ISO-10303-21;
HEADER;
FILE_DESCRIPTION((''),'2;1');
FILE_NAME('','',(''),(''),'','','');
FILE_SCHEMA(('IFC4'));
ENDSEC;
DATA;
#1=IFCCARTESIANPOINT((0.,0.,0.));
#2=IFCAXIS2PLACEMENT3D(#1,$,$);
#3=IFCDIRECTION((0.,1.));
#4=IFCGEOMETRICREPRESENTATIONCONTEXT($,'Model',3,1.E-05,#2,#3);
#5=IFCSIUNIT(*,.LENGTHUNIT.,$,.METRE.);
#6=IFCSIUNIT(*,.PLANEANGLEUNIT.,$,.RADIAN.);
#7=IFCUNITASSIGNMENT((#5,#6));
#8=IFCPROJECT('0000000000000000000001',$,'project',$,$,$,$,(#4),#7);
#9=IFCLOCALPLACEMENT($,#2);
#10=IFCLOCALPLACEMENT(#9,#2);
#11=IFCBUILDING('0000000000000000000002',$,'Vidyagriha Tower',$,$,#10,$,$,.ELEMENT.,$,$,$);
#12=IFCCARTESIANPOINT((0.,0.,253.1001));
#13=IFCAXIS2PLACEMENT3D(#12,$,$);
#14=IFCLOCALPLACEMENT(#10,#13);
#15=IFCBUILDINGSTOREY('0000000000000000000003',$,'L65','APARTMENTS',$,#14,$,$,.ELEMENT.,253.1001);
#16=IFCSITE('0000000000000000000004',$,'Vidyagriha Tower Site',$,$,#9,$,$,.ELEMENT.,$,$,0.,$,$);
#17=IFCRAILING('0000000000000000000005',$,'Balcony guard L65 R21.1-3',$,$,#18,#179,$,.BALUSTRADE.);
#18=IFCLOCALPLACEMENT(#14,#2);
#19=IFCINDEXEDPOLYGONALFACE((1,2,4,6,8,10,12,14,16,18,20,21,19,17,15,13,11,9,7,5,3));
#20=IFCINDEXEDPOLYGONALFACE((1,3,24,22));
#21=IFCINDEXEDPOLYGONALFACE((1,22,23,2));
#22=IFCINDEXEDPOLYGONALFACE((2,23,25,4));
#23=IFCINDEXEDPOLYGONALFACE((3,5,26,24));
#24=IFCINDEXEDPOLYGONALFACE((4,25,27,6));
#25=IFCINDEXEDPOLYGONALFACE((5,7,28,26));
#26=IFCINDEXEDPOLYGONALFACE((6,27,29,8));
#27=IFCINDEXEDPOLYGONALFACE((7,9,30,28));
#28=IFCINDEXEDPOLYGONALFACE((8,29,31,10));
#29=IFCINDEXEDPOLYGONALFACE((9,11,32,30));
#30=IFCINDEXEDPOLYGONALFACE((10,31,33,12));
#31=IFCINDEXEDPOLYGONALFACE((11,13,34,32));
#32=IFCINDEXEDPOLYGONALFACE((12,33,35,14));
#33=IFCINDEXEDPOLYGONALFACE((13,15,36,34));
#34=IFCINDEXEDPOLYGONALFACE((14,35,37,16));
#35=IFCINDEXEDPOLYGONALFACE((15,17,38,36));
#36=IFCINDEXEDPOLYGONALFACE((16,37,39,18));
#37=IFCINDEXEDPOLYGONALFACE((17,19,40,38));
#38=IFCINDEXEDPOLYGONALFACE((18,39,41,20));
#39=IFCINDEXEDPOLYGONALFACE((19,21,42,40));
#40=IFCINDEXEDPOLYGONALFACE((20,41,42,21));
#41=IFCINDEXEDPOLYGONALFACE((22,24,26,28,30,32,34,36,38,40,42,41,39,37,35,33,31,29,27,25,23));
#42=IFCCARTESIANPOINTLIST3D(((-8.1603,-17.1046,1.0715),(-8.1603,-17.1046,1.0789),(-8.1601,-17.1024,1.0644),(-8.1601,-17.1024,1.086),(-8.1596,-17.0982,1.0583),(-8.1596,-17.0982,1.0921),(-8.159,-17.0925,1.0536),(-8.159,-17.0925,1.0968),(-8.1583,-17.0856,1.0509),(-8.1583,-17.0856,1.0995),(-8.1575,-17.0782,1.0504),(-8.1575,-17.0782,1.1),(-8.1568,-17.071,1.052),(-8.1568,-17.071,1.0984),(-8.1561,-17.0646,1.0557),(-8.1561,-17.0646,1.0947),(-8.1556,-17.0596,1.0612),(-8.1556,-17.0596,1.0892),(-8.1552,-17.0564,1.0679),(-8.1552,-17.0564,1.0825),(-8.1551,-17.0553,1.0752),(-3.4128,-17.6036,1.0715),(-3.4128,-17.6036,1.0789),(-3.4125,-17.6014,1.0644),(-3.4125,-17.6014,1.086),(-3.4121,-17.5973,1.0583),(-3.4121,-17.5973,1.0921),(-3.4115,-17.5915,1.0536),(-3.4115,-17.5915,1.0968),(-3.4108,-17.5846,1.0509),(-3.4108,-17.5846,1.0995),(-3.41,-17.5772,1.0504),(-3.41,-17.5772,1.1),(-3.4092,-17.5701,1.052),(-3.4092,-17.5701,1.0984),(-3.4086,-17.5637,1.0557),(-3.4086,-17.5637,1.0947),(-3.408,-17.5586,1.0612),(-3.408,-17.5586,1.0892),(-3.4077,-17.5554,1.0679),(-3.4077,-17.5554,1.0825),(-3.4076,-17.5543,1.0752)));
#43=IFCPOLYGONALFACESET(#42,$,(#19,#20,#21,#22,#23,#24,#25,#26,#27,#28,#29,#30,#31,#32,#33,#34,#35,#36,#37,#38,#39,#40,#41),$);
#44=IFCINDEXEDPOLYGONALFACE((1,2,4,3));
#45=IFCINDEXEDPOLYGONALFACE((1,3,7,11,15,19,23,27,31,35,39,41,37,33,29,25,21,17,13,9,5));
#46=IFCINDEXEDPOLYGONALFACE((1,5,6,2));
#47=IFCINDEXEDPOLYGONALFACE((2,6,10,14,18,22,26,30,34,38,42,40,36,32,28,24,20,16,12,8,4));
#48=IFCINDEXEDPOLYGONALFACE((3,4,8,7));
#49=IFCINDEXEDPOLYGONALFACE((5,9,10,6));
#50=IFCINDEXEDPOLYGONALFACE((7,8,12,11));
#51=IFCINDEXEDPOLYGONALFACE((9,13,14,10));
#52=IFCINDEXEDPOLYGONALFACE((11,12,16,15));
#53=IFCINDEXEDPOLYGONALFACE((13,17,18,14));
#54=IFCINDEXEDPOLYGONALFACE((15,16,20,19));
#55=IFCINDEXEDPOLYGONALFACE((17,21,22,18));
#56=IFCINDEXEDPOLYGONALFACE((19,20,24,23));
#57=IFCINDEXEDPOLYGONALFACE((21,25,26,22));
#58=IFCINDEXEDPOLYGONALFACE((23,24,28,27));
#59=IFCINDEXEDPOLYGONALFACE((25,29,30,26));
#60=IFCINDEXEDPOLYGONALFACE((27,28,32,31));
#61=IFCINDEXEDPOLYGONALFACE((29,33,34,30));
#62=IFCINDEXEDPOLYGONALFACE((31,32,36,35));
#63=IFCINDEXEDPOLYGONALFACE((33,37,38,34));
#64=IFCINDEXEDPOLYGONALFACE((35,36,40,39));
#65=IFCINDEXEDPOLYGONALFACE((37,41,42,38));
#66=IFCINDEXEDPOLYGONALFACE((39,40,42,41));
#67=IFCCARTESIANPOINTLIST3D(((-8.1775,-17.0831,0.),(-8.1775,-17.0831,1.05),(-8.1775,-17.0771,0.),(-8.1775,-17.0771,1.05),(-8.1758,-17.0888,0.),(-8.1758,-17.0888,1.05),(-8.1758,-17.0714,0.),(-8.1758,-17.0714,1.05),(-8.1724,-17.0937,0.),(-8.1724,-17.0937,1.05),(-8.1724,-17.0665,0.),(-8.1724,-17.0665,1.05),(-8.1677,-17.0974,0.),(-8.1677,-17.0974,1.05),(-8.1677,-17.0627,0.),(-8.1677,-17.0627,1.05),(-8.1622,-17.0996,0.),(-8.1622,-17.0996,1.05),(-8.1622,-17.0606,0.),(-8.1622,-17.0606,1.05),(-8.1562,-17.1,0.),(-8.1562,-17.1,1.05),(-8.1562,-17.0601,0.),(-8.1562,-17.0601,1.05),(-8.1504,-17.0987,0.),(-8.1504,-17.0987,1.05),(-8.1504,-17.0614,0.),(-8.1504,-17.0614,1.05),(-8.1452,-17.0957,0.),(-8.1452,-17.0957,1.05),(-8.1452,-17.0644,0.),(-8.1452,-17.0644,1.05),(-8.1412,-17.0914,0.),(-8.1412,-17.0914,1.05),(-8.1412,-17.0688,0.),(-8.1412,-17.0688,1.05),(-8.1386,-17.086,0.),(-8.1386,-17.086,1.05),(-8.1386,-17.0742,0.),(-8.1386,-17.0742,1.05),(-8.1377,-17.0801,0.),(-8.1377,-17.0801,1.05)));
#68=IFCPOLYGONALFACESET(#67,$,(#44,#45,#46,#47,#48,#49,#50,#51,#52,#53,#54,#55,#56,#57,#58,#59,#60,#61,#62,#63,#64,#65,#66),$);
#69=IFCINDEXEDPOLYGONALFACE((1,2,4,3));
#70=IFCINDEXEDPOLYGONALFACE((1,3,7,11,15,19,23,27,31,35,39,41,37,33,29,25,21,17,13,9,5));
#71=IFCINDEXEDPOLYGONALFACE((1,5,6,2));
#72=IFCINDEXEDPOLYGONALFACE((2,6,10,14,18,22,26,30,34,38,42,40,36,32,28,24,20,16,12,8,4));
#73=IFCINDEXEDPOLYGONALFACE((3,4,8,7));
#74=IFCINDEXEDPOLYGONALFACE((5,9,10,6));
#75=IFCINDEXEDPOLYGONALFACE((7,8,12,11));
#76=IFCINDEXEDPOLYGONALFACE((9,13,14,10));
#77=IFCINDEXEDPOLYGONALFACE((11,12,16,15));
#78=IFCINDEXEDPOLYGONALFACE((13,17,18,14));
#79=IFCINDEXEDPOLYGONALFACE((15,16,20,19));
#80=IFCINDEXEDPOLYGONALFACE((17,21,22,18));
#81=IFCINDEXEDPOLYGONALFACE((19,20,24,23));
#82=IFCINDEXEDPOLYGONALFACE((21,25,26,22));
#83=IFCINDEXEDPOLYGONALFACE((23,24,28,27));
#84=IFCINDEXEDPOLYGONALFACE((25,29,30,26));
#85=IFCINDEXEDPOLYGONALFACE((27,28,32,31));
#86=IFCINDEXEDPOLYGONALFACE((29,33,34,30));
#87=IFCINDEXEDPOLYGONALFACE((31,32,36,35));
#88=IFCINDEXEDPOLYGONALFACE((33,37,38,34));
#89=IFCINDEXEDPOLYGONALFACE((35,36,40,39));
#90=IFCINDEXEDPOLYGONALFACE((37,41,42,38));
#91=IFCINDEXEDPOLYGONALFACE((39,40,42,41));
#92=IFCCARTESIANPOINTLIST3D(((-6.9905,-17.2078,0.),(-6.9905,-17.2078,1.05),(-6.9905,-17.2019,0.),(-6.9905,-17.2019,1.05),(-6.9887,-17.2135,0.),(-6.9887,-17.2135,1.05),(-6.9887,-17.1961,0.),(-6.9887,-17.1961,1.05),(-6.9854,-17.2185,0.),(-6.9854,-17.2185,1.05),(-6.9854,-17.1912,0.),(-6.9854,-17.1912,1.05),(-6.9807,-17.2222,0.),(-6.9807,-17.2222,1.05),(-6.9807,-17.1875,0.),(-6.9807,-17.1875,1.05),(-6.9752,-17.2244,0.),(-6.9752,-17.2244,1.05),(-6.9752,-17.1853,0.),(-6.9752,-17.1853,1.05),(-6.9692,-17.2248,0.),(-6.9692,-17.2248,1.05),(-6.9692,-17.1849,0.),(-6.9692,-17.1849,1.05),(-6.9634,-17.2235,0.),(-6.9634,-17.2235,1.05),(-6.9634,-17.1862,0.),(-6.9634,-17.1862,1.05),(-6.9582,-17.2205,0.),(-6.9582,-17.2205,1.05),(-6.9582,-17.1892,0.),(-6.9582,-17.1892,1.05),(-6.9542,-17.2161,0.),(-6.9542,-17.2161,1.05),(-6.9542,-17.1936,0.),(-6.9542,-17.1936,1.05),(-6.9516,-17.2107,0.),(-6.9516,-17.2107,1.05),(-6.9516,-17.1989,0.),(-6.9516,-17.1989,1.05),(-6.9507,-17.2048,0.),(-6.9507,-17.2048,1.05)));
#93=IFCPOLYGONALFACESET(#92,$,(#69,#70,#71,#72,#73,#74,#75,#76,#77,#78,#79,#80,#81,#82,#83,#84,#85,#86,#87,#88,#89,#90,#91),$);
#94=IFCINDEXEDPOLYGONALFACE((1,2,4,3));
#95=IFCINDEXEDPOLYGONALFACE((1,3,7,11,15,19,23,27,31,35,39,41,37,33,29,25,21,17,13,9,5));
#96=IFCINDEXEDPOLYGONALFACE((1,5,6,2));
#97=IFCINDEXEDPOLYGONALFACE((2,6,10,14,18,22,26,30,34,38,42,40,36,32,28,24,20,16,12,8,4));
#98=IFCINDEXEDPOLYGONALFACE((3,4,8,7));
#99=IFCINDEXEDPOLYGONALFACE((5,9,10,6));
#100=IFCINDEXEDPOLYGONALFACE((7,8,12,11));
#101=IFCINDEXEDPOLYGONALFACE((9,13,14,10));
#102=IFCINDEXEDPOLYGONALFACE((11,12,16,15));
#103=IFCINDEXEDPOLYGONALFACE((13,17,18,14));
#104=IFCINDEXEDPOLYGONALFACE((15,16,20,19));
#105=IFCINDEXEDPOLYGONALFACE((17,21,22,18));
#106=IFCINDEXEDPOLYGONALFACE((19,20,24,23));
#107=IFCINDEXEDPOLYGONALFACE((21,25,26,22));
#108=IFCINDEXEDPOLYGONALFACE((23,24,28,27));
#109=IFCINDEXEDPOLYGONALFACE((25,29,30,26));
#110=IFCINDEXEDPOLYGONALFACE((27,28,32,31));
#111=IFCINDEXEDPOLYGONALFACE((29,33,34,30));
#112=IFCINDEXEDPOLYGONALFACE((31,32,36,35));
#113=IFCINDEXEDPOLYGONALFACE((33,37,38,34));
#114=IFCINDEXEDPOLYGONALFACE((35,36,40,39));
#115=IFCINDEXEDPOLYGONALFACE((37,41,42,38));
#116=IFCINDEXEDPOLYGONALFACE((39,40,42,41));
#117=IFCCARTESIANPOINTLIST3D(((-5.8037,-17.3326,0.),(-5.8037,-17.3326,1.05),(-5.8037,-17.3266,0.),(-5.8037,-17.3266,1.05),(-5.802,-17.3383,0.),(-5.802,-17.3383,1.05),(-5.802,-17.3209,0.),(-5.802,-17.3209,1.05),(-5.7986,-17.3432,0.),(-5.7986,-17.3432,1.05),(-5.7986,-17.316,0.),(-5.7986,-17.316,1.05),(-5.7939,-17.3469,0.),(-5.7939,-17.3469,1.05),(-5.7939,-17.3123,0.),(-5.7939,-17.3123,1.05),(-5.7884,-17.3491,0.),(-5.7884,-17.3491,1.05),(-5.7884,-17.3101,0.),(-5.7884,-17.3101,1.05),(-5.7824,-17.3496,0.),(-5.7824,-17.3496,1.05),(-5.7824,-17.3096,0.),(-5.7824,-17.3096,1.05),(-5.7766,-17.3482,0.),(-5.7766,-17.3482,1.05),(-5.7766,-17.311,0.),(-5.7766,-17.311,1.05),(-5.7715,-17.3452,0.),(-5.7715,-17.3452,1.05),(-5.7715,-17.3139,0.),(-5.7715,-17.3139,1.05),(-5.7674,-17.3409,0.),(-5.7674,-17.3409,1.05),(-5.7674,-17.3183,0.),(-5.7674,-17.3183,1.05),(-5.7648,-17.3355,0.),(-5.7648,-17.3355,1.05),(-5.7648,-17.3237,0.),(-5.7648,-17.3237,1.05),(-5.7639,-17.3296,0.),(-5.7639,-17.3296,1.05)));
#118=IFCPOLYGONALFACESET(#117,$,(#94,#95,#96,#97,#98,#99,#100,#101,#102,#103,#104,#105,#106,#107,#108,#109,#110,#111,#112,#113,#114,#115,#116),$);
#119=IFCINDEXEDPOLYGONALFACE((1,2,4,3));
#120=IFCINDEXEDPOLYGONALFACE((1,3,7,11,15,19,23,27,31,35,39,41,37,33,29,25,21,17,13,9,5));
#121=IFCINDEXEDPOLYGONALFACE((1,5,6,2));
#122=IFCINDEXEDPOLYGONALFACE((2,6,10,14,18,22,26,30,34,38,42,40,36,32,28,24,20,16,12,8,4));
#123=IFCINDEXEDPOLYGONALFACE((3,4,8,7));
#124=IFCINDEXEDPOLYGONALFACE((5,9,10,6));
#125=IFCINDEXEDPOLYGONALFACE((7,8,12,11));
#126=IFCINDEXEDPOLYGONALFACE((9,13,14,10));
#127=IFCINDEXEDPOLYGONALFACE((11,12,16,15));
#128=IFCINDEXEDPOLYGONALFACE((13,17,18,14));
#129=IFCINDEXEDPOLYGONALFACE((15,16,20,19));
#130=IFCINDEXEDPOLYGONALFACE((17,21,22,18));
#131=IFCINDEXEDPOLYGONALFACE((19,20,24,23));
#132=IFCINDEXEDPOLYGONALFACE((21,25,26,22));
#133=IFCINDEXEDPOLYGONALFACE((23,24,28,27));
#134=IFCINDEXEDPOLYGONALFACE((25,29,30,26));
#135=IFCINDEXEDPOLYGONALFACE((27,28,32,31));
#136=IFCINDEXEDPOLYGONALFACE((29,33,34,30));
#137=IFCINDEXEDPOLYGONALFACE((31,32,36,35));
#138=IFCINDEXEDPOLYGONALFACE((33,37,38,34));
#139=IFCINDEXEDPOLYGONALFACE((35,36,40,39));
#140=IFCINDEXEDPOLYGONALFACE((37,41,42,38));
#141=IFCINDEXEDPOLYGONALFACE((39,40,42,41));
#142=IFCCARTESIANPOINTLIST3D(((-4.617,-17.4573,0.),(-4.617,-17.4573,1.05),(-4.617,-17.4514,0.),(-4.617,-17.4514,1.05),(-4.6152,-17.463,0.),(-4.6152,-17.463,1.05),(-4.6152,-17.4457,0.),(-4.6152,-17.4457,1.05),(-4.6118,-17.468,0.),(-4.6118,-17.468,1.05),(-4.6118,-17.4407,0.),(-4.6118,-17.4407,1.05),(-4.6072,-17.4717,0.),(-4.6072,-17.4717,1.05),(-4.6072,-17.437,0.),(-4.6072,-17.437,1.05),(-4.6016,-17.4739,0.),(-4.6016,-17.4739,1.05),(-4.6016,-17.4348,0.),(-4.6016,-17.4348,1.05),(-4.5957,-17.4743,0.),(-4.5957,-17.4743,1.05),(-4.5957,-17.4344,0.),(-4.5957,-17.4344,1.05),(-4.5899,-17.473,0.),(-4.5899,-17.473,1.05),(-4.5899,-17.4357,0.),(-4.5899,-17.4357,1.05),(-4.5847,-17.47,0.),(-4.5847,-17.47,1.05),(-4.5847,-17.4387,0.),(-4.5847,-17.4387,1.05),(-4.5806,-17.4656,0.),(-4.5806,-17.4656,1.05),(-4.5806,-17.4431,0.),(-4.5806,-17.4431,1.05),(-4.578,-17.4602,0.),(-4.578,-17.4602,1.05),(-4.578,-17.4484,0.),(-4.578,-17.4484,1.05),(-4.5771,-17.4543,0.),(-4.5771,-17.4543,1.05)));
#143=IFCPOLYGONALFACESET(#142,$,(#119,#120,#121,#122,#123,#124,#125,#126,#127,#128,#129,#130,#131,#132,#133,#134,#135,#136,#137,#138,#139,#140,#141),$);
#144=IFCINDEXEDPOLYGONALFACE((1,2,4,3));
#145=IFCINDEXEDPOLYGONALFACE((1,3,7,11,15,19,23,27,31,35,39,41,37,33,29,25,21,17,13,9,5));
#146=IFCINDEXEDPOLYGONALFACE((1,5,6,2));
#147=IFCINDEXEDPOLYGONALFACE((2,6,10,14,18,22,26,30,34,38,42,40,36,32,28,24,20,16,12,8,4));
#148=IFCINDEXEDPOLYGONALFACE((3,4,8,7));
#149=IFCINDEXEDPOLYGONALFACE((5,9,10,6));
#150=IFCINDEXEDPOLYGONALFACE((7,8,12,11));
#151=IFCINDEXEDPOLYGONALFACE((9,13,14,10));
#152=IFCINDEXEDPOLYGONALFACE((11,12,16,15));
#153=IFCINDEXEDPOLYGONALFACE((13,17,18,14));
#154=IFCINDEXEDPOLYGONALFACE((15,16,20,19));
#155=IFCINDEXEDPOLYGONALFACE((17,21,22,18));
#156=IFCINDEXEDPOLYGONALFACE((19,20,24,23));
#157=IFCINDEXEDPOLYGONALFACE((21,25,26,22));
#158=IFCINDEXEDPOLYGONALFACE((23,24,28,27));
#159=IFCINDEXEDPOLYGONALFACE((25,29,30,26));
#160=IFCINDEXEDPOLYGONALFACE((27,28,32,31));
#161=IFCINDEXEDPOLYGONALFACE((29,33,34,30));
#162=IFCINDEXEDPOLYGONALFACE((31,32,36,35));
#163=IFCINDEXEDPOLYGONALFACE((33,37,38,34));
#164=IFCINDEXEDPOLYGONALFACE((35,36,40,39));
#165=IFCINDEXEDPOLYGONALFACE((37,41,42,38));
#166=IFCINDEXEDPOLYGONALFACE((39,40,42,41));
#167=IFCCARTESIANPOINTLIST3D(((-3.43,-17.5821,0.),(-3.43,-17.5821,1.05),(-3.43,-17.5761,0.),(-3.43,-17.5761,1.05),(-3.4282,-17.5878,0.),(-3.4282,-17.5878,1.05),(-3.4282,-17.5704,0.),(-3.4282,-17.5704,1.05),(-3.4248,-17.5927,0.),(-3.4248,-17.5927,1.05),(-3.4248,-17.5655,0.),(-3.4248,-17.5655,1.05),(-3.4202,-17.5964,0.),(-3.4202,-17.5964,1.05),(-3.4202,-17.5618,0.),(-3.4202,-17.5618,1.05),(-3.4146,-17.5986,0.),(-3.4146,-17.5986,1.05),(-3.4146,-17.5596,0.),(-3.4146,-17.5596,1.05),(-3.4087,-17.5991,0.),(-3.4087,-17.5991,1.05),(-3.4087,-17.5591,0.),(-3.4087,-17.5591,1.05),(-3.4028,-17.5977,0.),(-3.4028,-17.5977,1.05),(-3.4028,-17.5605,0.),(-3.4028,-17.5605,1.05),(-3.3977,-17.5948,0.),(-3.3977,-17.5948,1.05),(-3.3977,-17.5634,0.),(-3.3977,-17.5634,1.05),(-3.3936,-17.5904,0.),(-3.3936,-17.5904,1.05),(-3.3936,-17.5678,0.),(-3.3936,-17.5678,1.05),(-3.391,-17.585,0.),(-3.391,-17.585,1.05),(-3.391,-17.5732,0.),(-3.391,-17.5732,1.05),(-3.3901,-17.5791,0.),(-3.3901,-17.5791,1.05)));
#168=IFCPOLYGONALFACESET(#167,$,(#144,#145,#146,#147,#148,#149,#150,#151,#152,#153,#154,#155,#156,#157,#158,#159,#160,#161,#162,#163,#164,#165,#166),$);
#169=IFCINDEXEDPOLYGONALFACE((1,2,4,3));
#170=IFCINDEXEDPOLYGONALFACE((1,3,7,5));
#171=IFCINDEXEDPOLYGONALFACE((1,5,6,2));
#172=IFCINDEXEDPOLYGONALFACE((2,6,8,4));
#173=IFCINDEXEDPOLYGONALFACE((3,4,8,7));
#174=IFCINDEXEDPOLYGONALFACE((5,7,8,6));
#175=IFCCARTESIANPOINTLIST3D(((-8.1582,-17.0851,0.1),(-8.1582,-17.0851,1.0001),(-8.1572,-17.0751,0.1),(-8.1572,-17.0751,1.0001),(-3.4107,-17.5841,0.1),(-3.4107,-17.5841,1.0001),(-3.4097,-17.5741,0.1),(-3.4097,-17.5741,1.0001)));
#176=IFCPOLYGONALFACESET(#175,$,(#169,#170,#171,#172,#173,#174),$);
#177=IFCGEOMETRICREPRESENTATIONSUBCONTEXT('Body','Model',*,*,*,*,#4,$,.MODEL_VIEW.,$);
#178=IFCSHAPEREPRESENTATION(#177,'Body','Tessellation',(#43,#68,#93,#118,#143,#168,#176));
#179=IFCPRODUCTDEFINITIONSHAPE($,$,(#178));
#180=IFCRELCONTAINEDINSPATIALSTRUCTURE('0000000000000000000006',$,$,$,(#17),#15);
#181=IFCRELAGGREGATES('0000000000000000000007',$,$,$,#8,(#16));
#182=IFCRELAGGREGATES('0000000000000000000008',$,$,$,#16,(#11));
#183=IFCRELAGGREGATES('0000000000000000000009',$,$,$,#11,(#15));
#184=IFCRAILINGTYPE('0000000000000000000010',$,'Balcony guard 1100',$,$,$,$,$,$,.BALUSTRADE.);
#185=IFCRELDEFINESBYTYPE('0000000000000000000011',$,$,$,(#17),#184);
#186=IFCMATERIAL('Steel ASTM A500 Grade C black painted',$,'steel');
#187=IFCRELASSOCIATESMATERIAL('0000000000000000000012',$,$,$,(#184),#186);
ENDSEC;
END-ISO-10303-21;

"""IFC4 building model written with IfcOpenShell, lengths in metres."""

from ifc_helpers import new_model, si_unit, direction, frame, origin, origin_2d, place, context, subcontext, project, spatial, rectangle, circle, extrude, material, type_object, element, save


model = new_model("IFC4")

# Units and contexts
model_context = context("Model", 3, precision=1e-05, world=origin(), true_north=direction((0.0, 1.0)))
body_context = subcontext(model_context, "Body", "Model", "MODEL_VIEW")
ifc_project = project(units=[si_unit("LENGTHUNIT", "METRE"), si_unit("PLANEANGLEUNIT", "RADIAN")], contexts=[model_context])

# Site, building, storey
site_placement = place(None, origin())
site = spatial("IfcSite", under=ifc_project, at=site_placement, Name="Vidyagriha Tower Site", CompositionType="ELEMENT", RefElevation=0.0)
building_placement = place(site_placement, origin())
building = spatial("IfcBuilding", under=site, at=building_placement, Name="Vidyagriha Tower", CompositionType="ELEMENT")
storey_placement = place(building_placement, frame((0.0, 0.0, 253.1001)))
storey = spatial("IfcBuildingStorey", under=building, at=storey_placement, Name="L65", Description="APARTMENTS", CompositionType="ELEMENT", Elevation=253.1001)

# Railing
ifc_material_1 = material(Name="Steel ASTM A500 Grade C black painted", Category="steel")
railing_type = type_object("IfcRailingType", Name="Balcony guard 1100", PredefinedType="BALUSTRADE", material=ifc_material_1)
railing_1_placement = place(storey_placement, frame((-8.1577, -17.0801, 0.0)))
element("IfcRailing", 1, at=railing_1_placement, inside=storey, type_object=railing_type, Name="Balcony guard L65 R21.1-3", PredefinedType="BALUSTRADE", context=body_context, shape_type="SweptSolid", body=[
    extrude(circle(Radius=0.0249, at=origin_2d()), frame((0.0, 0.0, 1.0752), z_axis=(0.994521, -0.104536, 0.0), x_axis=(0.104536, 0.994521, 0.0)), (0.0, 0.0, 1.0), 4.7737),
    extrude(circle(Radius=0.02, at=origin_2d()), origin(), (0.0, 0.0, 1.0), 1.05),
    extrude(circle(Radius=0.02, at=origin_2d()), frame((1.187, -0.1248, 0.0)), (0.0, 0.0, 1.0), 1.05),
    extrude(circle(Radius=0.02, at=origin_2d()), frame((2.3738, -0.2495, 0.0)), (0.0, 0.0, 1.0), 1.05),
    extrude(circle(Radius=0.02, at=origin_2d()), frame((3.5605, -0.3743, 0.0)), (0.0, 0.0, 1.0), 1.05),
    extrude(circle(Radius=0.02, at=origin_2d()), frame((4.7476, -0.499, 0.0)), (0.0, 0.0, 1.0), 1.05),
    extrude(rectangle(XDim=0.01, YDim=0.9001, at=origin_2d()), frame((0.0, 0.0, 0.55), z_axis=(0.994521, -0.104536, 0.0), x_axis=(0.104536, 0.994521, 0.0)), (0.0, 0.0, 1.0), 4.7737),
])

save(model, "model.ifc")
